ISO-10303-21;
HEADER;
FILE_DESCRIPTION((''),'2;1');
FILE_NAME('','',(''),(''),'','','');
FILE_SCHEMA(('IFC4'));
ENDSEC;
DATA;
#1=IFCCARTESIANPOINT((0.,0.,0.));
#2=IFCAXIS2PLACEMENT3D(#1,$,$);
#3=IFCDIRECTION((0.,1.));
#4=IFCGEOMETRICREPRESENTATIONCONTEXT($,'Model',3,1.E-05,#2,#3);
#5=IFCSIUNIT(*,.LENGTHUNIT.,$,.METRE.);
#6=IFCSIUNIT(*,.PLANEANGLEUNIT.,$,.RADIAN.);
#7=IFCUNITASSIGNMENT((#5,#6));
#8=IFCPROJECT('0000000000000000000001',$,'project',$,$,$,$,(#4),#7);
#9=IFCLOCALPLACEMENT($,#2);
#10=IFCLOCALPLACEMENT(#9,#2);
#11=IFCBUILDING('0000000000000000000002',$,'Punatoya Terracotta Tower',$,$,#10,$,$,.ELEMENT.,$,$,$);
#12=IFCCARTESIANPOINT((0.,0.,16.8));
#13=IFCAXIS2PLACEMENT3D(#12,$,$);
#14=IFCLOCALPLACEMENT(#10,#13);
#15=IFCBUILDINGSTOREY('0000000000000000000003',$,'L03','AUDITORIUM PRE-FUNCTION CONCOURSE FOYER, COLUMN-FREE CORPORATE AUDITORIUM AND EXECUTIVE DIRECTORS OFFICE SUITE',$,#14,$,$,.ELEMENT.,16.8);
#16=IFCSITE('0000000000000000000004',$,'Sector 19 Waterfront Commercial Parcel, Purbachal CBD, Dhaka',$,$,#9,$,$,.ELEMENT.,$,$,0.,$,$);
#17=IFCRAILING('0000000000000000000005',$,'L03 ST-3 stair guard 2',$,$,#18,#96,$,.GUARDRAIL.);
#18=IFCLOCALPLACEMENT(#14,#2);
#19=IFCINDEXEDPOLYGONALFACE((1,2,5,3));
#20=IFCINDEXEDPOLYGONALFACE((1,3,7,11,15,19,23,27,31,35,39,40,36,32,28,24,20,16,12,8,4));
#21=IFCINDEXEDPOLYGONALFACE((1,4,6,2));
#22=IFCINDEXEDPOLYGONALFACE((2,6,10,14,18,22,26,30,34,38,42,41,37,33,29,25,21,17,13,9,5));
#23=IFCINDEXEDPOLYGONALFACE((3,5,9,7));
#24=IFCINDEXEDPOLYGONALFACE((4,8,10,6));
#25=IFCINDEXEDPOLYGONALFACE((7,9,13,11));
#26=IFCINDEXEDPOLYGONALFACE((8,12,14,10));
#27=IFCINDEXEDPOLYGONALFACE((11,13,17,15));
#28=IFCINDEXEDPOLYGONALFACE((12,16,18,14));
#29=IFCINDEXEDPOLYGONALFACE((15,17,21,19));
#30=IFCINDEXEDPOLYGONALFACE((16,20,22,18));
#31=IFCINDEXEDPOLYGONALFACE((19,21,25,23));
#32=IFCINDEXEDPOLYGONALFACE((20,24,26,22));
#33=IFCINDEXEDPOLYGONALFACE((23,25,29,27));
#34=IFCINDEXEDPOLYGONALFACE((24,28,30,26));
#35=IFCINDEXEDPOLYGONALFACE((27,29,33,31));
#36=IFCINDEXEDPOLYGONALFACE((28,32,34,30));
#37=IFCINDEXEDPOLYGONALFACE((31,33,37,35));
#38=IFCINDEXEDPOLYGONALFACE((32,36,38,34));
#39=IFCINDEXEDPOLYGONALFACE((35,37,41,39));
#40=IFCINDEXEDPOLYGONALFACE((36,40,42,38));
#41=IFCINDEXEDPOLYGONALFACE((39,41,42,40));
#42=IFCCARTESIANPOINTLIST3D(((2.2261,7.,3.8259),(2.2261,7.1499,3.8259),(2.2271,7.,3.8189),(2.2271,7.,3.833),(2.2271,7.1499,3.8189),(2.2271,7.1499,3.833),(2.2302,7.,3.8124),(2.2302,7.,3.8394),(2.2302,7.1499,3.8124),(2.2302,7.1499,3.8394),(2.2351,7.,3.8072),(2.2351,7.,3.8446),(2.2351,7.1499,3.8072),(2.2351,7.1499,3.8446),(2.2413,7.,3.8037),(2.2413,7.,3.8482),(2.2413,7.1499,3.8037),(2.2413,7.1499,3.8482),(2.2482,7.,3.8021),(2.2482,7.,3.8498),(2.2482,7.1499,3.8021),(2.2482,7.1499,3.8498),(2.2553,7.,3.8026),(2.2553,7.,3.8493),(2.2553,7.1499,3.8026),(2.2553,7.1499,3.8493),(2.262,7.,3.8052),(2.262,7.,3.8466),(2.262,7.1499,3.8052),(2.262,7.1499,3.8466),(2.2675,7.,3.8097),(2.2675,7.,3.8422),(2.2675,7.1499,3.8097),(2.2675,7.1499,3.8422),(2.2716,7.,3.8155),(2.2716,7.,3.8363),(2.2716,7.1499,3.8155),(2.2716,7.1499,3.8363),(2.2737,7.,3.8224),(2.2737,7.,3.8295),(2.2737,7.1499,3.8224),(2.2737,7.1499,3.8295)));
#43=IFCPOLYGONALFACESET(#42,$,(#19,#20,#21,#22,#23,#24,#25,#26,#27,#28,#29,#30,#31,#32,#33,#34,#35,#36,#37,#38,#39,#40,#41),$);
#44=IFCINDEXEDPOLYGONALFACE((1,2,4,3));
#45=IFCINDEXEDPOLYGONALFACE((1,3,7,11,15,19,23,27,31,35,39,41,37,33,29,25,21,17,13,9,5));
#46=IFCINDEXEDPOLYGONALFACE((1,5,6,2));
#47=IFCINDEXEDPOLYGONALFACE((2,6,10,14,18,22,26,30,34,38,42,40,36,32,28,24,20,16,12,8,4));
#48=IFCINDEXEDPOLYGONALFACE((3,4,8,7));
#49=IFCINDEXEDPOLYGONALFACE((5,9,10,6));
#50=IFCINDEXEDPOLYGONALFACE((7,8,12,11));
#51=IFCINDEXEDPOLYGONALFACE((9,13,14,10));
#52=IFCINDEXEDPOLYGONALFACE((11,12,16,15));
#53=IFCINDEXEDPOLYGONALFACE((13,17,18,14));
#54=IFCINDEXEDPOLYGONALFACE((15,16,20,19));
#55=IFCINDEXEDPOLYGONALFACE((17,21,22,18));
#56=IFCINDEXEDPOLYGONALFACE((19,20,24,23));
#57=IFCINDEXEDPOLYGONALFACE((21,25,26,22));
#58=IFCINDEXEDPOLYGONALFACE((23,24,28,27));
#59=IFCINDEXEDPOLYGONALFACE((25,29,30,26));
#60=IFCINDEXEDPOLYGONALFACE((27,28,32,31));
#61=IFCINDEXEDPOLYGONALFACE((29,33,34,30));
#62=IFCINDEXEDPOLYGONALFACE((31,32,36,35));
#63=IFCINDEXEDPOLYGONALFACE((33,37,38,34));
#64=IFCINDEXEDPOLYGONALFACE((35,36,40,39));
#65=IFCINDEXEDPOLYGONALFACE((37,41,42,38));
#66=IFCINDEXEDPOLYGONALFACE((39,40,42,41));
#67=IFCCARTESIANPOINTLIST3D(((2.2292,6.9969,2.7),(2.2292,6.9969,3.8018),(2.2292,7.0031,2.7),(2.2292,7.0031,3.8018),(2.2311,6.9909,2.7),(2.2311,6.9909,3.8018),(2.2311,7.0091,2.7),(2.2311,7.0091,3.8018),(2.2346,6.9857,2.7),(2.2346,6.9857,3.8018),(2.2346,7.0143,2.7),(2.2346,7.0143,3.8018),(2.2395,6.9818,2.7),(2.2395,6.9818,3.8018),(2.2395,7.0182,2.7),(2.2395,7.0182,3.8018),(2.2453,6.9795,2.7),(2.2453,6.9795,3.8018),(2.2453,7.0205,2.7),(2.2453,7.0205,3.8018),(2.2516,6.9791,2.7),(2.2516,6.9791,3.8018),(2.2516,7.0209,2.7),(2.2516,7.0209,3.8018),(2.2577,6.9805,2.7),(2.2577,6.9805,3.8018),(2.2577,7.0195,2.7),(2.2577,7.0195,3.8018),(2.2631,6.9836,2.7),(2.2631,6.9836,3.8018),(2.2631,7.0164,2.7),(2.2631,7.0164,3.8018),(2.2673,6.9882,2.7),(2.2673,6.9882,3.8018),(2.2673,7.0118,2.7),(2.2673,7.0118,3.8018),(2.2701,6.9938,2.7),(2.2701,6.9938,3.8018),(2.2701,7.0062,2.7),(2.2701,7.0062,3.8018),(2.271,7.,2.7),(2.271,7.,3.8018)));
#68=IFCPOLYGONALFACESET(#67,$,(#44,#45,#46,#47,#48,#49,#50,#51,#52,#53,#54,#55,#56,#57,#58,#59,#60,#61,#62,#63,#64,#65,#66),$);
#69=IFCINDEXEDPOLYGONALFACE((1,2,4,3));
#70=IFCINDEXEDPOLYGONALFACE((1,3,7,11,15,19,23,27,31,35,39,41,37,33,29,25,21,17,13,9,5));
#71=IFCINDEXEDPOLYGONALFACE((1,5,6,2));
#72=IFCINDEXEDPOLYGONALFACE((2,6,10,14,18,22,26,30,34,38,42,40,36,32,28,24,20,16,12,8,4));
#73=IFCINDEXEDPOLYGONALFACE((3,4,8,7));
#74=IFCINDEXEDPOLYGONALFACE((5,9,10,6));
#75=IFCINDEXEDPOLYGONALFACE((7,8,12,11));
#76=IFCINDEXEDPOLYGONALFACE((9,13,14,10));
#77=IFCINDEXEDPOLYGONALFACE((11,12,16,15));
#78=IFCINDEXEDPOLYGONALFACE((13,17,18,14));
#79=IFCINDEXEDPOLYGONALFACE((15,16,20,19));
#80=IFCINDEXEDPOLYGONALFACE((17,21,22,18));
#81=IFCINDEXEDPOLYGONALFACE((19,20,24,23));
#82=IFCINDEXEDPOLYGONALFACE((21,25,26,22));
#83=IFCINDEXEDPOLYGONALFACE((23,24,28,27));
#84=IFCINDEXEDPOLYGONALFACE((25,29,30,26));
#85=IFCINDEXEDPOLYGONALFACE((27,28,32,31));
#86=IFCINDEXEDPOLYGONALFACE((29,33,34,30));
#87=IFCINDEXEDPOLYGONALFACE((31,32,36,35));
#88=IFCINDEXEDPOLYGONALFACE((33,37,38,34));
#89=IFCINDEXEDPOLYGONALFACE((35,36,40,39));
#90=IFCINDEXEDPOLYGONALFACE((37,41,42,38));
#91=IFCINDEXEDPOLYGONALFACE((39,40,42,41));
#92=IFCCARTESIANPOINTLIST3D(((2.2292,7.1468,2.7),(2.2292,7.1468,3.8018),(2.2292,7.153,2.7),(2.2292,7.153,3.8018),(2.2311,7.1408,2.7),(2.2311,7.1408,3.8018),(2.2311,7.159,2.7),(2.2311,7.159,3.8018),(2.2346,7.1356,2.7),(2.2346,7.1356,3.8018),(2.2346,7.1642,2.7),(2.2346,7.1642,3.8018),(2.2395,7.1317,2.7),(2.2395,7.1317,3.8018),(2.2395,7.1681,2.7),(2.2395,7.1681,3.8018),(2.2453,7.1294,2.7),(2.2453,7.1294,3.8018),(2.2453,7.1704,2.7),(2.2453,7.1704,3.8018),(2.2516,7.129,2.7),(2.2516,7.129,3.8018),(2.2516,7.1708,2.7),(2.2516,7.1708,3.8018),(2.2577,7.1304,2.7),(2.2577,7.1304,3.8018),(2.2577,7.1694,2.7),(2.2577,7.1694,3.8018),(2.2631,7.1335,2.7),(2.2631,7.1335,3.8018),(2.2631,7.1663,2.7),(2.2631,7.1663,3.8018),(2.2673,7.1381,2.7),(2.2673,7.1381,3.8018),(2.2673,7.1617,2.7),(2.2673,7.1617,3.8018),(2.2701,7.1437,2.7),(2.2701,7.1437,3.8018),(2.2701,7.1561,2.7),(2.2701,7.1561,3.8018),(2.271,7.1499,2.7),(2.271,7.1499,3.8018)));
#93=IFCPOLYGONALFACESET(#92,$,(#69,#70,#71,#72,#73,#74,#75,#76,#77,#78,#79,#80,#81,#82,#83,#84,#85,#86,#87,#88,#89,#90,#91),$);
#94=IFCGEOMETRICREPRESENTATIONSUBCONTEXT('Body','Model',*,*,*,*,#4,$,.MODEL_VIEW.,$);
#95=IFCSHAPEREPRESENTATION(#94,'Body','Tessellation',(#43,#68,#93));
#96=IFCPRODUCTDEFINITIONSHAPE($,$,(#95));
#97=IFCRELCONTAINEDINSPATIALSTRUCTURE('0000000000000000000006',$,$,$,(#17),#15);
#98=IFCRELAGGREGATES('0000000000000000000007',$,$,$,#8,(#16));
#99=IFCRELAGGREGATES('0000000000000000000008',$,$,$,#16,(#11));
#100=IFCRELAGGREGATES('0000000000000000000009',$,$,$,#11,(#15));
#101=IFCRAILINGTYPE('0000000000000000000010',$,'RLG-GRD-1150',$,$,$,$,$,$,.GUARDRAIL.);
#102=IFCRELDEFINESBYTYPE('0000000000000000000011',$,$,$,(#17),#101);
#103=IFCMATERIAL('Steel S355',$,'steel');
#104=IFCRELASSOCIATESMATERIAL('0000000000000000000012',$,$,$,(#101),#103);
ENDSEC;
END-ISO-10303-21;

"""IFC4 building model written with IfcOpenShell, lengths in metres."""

from ifc_helpers import new_model, si_unit, direction, frame, origin, origin_2d, place, context, subcontext, project, spatial, circle, extrude, material, type_object, element, save


model = new_model("IFC4")

# Units and contexts
model_context = context("Model", 3, precision=1e-05, world=origin(), true_north=direction((0.0, 1.0)))
body_context = subcontext(model_context, "Body", "Model", "MODEL_VIEW")
ifc_project = project(units=[si_unit("LENGTHUNIT", "METRE"), si_unit("PLANEANGLEUNIT", "RADIAN")], contexts=[model_context])

# Site, building, storey
site_placement = place(None, origin())
site = spatial("IfcSite", under=ifc_project, at=site_placement, Name="Sector 19 Waterfront Commercial Parcel, Purbachal CBD, Dhaka", CompositionType="ELEMENT", RefElevation=0.0)
building_placement = place(site_placement, origin())
building = spatial("IfcBuilding", under=site, at=building_placement, Name="Punatoya Terracotta Tower", CompositionType="ELEMENT")
storey_placement = place(building_placement, frame((0.0, 0.0, 16.8)))
storey = spatial("IfcBuildingStorey", under=building, at=storey_placement, Name="L03", Description="AUDITORIUM PRE-FUNCTION CONCOURSE FOYER, COLUMN-FREE CORPORATE AUDITORIUM AND EXECUTIVE DIRECTORS OFFICE SUITE", CompositionType="ELEMENT", Elevation=16.8)

# Shared definitions
ifc_material_1 = material(Name="Steel S355", Category="steel")

# Railing
railing_type_1 = type_object("IfcRailingType", Name="RLG-GRD-1150", PredefinedType="GUARDRAIL", material=ifc_material_1)
railing_1_placement = place(storey_placement, frame((2.25, 7.0, 2.7)))
element("IfcRailing", 1, at=railing_1_placement, inside=storey, type_object=railing_type_1, Name="L03 ST-3 stair guard 2", PredefinedType="GUARDRAIL", context=body_context, shape_type="SweptSolid", body=[
    extrude(circle(Radius=0.0239, at=origin_2d()), frame((0.0, 0.0, 1.126), z_axis=(0.0, 1.0, 0.0), x_axis=(-1.0, 0.0, 0.0)), (0.0, 0.0, 1.0), 0.1499),
    extrude(circle(Radius=0.021, at=origin_2d()), origin(), (0.0, 0.0, 1.0), 1.1018),
    extrude(circle(Radius=0.021, at=origin_2d()), frame((0.0, 0.1499, 0.0)), (0.0, 0.0, 1.0), 1.1018),
])

save(model, "model.ifc")
